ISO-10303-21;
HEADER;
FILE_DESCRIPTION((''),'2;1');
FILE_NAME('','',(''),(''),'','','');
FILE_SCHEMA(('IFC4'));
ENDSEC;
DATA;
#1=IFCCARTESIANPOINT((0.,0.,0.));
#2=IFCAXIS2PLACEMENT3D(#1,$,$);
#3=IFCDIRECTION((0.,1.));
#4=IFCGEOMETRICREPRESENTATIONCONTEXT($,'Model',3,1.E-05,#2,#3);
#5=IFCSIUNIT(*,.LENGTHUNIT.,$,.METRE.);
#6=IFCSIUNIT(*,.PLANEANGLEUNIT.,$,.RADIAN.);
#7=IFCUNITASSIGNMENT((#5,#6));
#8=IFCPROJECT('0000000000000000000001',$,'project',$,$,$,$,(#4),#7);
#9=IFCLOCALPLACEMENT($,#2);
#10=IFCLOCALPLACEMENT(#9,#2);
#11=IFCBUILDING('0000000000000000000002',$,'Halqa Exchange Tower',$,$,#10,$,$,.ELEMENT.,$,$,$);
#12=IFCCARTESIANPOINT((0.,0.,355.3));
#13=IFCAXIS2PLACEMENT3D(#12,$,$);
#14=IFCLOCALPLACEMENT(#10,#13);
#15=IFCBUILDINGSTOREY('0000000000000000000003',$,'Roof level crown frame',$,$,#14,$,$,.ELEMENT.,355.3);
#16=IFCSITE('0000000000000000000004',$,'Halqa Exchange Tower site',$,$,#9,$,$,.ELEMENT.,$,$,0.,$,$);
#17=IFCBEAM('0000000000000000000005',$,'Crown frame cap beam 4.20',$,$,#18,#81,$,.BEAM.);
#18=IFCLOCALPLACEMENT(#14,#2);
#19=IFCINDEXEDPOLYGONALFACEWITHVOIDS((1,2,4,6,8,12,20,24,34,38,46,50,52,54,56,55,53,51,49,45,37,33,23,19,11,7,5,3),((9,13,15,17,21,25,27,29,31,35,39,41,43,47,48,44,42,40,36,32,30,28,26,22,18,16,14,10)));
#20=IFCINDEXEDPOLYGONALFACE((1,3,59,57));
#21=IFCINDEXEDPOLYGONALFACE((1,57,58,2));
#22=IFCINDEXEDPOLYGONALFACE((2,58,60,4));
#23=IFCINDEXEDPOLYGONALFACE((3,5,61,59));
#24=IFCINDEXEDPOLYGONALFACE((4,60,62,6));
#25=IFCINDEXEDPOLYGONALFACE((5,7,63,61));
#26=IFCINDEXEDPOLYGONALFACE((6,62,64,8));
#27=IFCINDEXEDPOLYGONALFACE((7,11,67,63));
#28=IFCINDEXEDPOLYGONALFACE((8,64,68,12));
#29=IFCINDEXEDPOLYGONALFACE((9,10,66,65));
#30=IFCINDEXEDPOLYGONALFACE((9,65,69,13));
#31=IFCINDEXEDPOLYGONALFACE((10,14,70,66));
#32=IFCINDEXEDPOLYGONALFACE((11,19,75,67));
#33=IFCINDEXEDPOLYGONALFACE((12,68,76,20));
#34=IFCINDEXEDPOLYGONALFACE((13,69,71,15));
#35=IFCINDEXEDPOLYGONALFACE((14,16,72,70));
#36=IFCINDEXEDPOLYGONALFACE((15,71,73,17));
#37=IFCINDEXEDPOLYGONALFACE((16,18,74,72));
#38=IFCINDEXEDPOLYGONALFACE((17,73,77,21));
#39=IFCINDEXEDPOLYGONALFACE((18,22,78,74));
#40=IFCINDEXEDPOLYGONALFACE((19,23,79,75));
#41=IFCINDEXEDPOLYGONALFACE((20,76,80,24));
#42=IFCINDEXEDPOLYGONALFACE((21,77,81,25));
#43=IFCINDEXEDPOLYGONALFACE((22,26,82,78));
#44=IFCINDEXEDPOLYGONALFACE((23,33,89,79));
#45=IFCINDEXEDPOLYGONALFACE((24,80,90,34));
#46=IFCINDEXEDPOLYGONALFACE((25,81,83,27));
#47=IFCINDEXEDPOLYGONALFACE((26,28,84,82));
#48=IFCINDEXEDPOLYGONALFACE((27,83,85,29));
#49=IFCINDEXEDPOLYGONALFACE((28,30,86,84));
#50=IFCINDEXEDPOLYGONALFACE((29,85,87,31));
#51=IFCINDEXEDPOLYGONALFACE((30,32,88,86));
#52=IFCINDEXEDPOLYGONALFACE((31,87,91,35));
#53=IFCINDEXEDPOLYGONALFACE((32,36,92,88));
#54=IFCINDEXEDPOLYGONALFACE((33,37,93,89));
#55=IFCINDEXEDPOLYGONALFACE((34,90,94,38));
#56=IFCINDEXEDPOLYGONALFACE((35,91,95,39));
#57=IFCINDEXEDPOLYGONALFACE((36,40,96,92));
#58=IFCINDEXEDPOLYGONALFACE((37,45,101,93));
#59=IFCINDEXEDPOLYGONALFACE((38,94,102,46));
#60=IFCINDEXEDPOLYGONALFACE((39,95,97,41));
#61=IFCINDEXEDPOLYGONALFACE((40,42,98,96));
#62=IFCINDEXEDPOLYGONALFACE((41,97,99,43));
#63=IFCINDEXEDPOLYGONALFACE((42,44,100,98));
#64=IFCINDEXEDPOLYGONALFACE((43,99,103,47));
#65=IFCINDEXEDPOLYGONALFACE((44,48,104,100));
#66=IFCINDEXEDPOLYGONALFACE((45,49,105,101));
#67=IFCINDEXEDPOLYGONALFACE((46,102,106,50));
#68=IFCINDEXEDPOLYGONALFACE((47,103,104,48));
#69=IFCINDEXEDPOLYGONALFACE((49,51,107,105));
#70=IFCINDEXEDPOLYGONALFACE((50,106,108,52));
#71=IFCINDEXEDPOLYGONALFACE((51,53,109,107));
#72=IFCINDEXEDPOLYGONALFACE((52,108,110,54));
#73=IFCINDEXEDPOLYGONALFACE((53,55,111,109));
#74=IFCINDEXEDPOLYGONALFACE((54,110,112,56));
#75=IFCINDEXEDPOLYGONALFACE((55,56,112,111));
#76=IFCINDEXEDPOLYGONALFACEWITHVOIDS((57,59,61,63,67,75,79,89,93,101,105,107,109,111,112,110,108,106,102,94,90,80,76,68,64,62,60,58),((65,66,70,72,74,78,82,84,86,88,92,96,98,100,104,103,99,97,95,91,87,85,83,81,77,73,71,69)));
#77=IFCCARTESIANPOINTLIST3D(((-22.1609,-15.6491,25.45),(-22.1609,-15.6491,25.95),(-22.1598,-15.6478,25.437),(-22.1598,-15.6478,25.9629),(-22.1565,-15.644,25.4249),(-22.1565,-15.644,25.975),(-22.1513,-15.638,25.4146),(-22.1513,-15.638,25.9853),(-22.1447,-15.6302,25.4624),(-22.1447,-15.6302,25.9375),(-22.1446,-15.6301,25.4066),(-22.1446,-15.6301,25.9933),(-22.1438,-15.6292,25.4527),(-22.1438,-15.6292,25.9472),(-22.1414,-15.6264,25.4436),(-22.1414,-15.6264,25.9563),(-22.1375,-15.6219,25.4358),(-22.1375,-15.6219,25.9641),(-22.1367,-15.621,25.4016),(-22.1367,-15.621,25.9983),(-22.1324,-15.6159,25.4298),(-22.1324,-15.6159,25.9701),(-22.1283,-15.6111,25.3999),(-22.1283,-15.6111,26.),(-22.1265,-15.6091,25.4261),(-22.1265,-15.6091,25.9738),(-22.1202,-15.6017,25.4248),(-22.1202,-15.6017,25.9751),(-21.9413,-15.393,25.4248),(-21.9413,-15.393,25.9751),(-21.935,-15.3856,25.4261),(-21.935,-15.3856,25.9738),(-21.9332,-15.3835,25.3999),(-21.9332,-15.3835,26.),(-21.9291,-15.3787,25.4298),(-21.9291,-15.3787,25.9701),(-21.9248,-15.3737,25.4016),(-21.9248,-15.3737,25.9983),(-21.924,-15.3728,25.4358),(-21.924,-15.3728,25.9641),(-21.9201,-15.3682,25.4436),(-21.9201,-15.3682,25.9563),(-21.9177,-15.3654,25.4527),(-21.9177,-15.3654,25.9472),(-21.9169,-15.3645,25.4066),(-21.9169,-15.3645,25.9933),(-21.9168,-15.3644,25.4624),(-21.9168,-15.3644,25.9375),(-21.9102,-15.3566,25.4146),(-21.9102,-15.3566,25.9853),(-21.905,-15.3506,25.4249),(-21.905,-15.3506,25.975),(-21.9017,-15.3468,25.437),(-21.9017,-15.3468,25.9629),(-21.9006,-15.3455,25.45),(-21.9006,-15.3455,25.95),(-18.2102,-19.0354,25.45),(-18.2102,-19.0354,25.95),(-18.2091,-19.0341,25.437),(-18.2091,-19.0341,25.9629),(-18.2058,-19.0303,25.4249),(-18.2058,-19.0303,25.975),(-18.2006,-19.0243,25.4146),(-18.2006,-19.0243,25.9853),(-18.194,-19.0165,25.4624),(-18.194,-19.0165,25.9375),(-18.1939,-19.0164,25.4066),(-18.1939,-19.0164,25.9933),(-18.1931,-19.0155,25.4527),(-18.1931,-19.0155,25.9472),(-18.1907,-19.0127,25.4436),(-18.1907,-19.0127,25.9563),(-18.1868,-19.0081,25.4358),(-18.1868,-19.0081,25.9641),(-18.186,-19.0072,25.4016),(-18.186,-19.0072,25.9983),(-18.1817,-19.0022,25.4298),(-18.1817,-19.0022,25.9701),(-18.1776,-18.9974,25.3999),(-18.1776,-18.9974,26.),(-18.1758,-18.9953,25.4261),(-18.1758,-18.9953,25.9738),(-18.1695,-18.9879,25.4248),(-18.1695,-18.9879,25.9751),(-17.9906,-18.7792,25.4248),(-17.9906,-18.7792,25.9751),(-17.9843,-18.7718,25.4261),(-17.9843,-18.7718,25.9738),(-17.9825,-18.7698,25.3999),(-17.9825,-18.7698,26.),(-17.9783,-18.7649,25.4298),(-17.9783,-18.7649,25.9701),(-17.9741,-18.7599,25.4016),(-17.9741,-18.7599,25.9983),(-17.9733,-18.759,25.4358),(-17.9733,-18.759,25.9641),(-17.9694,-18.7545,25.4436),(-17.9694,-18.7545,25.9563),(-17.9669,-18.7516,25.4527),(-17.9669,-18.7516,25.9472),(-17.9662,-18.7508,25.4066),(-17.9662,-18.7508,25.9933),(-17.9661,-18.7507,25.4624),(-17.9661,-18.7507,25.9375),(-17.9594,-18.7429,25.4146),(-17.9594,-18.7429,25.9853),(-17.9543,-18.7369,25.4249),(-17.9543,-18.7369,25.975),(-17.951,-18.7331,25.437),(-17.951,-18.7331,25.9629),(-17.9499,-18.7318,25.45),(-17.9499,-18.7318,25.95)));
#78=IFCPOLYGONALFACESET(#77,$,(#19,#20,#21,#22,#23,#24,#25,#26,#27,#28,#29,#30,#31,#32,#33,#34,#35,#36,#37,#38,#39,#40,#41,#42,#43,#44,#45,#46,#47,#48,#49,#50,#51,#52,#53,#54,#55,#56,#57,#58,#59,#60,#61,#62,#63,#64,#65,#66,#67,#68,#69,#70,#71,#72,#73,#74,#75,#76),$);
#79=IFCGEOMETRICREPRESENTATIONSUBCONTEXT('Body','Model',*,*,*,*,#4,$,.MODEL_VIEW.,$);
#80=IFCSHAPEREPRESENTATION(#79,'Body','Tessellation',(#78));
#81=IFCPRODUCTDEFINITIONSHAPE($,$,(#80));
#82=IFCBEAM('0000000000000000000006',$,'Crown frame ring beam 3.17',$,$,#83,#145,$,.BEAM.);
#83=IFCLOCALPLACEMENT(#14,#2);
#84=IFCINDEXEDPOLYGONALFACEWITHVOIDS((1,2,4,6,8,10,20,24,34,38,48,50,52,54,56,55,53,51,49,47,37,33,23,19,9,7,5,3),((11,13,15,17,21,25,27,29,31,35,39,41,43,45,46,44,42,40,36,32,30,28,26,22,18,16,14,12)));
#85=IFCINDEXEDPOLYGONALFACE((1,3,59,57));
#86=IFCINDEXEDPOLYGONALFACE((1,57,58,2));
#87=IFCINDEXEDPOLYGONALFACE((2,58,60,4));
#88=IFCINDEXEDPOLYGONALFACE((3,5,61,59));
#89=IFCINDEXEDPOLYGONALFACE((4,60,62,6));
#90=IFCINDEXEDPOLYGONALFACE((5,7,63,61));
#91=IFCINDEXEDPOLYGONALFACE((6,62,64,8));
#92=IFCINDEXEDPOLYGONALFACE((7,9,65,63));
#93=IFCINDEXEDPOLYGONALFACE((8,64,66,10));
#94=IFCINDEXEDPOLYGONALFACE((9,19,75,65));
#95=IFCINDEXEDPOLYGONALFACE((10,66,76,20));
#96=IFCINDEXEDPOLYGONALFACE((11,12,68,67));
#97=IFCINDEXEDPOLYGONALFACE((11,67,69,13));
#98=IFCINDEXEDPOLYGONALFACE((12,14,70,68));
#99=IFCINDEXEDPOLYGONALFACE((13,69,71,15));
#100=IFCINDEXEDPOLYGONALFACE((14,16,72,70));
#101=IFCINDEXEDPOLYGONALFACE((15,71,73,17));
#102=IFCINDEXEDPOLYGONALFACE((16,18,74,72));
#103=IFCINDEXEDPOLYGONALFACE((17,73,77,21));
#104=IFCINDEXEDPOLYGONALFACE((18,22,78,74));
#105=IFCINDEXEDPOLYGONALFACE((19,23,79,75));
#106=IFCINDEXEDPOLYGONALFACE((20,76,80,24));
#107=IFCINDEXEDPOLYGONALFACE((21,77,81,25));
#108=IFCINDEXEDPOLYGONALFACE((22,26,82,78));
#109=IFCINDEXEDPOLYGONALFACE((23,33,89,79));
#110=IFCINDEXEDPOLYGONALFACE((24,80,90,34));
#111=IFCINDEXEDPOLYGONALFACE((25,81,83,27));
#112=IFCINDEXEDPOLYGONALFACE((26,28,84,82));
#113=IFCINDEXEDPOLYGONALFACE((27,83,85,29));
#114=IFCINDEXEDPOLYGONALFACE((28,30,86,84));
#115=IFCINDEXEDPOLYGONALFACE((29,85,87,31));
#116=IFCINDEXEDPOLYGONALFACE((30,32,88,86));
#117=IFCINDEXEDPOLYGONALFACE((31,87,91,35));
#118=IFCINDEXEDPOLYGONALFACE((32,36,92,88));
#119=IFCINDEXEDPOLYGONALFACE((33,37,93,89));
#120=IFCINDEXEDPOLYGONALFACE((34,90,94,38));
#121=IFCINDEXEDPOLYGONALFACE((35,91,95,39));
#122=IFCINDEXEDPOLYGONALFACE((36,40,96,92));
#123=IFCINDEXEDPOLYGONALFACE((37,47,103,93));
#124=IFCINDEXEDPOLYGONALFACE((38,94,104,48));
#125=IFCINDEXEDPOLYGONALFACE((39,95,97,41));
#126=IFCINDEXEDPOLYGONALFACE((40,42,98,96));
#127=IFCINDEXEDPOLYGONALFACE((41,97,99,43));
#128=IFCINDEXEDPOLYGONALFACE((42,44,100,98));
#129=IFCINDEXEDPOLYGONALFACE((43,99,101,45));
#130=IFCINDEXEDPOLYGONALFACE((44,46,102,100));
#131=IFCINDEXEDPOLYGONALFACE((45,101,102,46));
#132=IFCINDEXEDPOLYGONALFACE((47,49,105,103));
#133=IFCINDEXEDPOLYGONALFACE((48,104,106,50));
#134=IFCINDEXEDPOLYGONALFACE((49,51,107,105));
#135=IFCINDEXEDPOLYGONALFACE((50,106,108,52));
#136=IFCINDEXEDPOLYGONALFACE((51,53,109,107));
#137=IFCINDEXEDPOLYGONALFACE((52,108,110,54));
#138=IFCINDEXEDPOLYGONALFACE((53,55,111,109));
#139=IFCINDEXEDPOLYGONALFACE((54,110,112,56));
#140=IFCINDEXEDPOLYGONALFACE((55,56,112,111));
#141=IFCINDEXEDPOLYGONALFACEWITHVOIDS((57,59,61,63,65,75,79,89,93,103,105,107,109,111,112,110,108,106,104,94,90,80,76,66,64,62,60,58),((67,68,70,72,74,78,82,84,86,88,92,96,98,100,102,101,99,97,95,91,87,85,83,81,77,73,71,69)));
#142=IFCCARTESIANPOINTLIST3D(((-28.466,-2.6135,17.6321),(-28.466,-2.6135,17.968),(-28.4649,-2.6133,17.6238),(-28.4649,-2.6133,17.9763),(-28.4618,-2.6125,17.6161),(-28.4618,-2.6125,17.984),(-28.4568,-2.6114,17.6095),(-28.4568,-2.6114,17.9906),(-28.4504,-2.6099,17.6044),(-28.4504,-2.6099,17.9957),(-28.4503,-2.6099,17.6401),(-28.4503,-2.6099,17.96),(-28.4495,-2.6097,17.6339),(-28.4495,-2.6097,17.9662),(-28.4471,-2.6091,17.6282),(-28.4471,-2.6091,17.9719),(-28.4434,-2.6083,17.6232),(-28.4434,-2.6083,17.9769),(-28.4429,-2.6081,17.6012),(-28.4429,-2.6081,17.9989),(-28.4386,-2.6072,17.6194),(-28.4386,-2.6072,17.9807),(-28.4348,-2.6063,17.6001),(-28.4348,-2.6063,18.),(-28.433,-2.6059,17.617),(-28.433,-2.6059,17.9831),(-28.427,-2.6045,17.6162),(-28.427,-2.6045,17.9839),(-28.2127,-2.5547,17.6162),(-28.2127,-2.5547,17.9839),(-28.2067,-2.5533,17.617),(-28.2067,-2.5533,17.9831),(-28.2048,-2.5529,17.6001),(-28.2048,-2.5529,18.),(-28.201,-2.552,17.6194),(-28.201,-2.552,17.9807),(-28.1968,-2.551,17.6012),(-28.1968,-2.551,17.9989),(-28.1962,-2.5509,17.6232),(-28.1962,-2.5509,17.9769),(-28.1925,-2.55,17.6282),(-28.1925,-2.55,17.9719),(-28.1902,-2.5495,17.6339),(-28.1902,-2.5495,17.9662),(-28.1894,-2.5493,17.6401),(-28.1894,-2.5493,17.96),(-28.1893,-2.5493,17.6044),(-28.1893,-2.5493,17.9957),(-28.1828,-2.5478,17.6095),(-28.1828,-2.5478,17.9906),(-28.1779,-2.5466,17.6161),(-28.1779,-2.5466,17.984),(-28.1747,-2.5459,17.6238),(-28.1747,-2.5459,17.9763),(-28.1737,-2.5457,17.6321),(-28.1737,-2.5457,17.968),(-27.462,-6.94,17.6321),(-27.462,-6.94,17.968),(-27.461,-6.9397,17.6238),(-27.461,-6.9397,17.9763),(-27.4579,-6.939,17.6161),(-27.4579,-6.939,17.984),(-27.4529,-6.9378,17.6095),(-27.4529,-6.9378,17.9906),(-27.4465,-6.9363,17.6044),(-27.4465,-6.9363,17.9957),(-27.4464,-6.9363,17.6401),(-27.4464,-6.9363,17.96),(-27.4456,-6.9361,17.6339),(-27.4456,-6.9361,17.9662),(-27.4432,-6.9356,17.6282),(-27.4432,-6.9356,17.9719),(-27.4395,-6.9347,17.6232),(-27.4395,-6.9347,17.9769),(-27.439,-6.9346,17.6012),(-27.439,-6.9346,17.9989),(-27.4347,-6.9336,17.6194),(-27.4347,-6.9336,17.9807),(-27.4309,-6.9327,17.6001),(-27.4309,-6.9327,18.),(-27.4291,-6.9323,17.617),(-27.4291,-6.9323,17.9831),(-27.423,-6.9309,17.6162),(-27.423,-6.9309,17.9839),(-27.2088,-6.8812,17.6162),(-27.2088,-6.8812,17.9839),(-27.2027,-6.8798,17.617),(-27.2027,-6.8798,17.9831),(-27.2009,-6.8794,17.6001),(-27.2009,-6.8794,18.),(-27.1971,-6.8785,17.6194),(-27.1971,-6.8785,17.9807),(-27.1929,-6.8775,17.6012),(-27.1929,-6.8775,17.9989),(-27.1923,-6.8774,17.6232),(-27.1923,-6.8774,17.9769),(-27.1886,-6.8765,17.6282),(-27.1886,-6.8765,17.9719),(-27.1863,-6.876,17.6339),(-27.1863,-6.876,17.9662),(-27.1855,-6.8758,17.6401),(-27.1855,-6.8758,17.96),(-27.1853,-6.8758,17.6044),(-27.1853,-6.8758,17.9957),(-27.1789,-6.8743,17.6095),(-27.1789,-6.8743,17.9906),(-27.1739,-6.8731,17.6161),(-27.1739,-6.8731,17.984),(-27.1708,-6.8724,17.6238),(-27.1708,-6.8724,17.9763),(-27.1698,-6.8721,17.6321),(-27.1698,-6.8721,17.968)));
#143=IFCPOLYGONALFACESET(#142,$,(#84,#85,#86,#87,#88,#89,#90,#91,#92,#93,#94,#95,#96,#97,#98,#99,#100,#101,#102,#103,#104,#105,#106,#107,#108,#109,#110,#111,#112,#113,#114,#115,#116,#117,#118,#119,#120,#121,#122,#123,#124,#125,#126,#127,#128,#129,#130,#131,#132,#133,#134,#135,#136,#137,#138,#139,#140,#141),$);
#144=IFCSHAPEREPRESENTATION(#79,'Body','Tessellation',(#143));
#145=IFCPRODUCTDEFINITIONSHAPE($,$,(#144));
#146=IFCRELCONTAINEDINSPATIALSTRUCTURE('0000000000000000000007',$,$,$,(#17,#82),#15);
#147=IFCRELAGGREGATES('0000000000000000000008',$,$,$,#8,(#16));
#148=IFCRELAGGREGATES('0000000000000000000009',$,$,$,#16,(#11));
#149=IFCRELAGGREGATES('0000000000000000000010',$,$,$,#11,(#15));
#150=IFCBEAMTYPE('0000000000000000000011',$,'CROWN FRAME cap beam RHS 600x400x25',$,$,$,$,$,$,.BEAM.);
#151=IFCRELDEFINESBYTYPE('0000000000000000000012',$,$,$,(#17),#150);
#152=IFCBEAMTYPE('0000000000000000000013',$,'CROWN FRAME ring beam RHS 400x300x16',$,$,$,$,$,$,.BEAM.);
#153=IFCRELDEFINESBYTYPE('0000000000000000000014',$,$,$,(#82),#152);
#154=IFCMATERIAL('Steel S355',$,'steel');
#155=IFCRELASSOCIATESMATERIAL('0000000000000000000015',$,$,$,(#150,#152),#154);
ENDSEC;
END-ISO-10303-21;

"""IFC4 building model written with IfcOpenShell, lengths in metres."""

from ifc_helpers import new_model, si_unit, direction, frame, origin, origin_2d, place, context, subcontext, project, spatial, hollow_rectangle, extrude, material, material_profile, profile_set, type_object, element, save


model = new_model("IFC4")

# Units and contexts
model_context = context("Model", 3, precision=1e-05, world=origin(), true_north=direction((0.0, 1.0)))
body_context = subcontext(model_context, "Body", "Model", "MODEL_VIEW")
ifc_project = project(units=[si_unit("LENGTHUNIT", "METRE"), si_unit("PLANEANGLEUNIT", "RADIAN")], contexts=[model_context])

# Site, building, storey
site_placement = place(None, origin())
site = spatial("IfcSite", under=ifc_project, at=site_placement, Name="Halqa Exchange Tower site", CompositionType="ELEMENT", RefElevation=0.0)
building_placement = place(site_placement, origin())
building = spatial("IfcBuilding", under=site, at=building_placement, Name="Halqa Exchange Tower", CompositionType="ELEMENT")
storey_placement = place(building_placement, frame((0.0, 0.0, 355.3)))
storey = spatial("IfcBuildingStorey", under=building, at=storey_placement, Name="Roof level crown frame", CompositionType="ELEMENT", Elevation=355.3)

# Shared definitions
ifc_material_1 = material(Name="Steel S355", Category="steel")

# Beams
ifc_material_profile_1 = material_profile(ifc_material_1, hollow_rectangle(XDim=0.3999, YDim=0.6001, WallThickness=0.0249, InnerFilletRadius=0.0376, OuterFilletRadius=0.05, at=origin_2d()), Name="RHS 600x400x25")
ifc_profile_set_1 = profile_set([ifc_material_profile_1], Name="Steel S355")
beam_type_1 = type_object("IfcBeamType", Name="CROWN FRAME cap beam RHS 600x400x25", PredefinedType="BEAM", material=ifc_profile_set_1)
beam_1_placement = place(storey_placement, frame((-22.0308, -15.4973, 25.7), z_axis=(0.759263, -0.650784, 0.0), x_axis=(0.650784, 0.759263, 0.0)))
element("IfcBeam", 1, at=beam_1_placement, inside=storey, type_object=beam_type_1, Name="Crown frame cap beam 4.20", PredefinedType="BEAM", context=body_context, shape_type="SweptSolid", body=[
    extrude(hollow_rectangle(XDim=0.3999, YDim=0.6001, WallThickness=0.0249, InnerFilletRadius=0.0376, OuterFilletRadius=0.05, at=origin_2d()), origin(), (0.0, 0.0, 1.0), 5.2034),
])
ifc_material_profile_2 = material_profile(ifc_material_1, hollow_rectangle(XDim=0.3, YDim=0.3999, WallThickness=0.0161, InnerFilletRadius=0.0239, OuterFilletRadius=0.032, at=origin_2d()), Name="RHS 400x300x16")
ifc_profile_set_2 = profile_set([ifc_material_profile_2], Name="Steel S355")
beam_type_2 = type_object("IfcBeamType", Name="CROWN FRAME ring beam RHS 400x300x16", PredefinedType="BEAM", material=ifc_profile_set_2)
beam_2_placement = place(storey_placement, frame((-28.3198, -2.5796, 17.8), z_axis=(0.226036, -0.974119, 0.0), x_axis=(0.974119, 0.226036, 0.0)))
element("IfcBeam", 2, at=beam_2_placement, inside=storey, type_object=beam_type_2, Name="Crown frame ring beam 3.17", PredefinedType="BEAM", context=body_context, shape_type="SweptSolid", body=[
    extrude(hollow_rectangle(XDim=0.3, YDim=0.3999, WallThickness=0.0161, InnerFilletRadius=0.0239, OuterFilletRadius=0.032, at=origin_2d()), origin(), (0.0, 0.0, 1.0), 4.4414),
])

save(model, "model.ifc")
